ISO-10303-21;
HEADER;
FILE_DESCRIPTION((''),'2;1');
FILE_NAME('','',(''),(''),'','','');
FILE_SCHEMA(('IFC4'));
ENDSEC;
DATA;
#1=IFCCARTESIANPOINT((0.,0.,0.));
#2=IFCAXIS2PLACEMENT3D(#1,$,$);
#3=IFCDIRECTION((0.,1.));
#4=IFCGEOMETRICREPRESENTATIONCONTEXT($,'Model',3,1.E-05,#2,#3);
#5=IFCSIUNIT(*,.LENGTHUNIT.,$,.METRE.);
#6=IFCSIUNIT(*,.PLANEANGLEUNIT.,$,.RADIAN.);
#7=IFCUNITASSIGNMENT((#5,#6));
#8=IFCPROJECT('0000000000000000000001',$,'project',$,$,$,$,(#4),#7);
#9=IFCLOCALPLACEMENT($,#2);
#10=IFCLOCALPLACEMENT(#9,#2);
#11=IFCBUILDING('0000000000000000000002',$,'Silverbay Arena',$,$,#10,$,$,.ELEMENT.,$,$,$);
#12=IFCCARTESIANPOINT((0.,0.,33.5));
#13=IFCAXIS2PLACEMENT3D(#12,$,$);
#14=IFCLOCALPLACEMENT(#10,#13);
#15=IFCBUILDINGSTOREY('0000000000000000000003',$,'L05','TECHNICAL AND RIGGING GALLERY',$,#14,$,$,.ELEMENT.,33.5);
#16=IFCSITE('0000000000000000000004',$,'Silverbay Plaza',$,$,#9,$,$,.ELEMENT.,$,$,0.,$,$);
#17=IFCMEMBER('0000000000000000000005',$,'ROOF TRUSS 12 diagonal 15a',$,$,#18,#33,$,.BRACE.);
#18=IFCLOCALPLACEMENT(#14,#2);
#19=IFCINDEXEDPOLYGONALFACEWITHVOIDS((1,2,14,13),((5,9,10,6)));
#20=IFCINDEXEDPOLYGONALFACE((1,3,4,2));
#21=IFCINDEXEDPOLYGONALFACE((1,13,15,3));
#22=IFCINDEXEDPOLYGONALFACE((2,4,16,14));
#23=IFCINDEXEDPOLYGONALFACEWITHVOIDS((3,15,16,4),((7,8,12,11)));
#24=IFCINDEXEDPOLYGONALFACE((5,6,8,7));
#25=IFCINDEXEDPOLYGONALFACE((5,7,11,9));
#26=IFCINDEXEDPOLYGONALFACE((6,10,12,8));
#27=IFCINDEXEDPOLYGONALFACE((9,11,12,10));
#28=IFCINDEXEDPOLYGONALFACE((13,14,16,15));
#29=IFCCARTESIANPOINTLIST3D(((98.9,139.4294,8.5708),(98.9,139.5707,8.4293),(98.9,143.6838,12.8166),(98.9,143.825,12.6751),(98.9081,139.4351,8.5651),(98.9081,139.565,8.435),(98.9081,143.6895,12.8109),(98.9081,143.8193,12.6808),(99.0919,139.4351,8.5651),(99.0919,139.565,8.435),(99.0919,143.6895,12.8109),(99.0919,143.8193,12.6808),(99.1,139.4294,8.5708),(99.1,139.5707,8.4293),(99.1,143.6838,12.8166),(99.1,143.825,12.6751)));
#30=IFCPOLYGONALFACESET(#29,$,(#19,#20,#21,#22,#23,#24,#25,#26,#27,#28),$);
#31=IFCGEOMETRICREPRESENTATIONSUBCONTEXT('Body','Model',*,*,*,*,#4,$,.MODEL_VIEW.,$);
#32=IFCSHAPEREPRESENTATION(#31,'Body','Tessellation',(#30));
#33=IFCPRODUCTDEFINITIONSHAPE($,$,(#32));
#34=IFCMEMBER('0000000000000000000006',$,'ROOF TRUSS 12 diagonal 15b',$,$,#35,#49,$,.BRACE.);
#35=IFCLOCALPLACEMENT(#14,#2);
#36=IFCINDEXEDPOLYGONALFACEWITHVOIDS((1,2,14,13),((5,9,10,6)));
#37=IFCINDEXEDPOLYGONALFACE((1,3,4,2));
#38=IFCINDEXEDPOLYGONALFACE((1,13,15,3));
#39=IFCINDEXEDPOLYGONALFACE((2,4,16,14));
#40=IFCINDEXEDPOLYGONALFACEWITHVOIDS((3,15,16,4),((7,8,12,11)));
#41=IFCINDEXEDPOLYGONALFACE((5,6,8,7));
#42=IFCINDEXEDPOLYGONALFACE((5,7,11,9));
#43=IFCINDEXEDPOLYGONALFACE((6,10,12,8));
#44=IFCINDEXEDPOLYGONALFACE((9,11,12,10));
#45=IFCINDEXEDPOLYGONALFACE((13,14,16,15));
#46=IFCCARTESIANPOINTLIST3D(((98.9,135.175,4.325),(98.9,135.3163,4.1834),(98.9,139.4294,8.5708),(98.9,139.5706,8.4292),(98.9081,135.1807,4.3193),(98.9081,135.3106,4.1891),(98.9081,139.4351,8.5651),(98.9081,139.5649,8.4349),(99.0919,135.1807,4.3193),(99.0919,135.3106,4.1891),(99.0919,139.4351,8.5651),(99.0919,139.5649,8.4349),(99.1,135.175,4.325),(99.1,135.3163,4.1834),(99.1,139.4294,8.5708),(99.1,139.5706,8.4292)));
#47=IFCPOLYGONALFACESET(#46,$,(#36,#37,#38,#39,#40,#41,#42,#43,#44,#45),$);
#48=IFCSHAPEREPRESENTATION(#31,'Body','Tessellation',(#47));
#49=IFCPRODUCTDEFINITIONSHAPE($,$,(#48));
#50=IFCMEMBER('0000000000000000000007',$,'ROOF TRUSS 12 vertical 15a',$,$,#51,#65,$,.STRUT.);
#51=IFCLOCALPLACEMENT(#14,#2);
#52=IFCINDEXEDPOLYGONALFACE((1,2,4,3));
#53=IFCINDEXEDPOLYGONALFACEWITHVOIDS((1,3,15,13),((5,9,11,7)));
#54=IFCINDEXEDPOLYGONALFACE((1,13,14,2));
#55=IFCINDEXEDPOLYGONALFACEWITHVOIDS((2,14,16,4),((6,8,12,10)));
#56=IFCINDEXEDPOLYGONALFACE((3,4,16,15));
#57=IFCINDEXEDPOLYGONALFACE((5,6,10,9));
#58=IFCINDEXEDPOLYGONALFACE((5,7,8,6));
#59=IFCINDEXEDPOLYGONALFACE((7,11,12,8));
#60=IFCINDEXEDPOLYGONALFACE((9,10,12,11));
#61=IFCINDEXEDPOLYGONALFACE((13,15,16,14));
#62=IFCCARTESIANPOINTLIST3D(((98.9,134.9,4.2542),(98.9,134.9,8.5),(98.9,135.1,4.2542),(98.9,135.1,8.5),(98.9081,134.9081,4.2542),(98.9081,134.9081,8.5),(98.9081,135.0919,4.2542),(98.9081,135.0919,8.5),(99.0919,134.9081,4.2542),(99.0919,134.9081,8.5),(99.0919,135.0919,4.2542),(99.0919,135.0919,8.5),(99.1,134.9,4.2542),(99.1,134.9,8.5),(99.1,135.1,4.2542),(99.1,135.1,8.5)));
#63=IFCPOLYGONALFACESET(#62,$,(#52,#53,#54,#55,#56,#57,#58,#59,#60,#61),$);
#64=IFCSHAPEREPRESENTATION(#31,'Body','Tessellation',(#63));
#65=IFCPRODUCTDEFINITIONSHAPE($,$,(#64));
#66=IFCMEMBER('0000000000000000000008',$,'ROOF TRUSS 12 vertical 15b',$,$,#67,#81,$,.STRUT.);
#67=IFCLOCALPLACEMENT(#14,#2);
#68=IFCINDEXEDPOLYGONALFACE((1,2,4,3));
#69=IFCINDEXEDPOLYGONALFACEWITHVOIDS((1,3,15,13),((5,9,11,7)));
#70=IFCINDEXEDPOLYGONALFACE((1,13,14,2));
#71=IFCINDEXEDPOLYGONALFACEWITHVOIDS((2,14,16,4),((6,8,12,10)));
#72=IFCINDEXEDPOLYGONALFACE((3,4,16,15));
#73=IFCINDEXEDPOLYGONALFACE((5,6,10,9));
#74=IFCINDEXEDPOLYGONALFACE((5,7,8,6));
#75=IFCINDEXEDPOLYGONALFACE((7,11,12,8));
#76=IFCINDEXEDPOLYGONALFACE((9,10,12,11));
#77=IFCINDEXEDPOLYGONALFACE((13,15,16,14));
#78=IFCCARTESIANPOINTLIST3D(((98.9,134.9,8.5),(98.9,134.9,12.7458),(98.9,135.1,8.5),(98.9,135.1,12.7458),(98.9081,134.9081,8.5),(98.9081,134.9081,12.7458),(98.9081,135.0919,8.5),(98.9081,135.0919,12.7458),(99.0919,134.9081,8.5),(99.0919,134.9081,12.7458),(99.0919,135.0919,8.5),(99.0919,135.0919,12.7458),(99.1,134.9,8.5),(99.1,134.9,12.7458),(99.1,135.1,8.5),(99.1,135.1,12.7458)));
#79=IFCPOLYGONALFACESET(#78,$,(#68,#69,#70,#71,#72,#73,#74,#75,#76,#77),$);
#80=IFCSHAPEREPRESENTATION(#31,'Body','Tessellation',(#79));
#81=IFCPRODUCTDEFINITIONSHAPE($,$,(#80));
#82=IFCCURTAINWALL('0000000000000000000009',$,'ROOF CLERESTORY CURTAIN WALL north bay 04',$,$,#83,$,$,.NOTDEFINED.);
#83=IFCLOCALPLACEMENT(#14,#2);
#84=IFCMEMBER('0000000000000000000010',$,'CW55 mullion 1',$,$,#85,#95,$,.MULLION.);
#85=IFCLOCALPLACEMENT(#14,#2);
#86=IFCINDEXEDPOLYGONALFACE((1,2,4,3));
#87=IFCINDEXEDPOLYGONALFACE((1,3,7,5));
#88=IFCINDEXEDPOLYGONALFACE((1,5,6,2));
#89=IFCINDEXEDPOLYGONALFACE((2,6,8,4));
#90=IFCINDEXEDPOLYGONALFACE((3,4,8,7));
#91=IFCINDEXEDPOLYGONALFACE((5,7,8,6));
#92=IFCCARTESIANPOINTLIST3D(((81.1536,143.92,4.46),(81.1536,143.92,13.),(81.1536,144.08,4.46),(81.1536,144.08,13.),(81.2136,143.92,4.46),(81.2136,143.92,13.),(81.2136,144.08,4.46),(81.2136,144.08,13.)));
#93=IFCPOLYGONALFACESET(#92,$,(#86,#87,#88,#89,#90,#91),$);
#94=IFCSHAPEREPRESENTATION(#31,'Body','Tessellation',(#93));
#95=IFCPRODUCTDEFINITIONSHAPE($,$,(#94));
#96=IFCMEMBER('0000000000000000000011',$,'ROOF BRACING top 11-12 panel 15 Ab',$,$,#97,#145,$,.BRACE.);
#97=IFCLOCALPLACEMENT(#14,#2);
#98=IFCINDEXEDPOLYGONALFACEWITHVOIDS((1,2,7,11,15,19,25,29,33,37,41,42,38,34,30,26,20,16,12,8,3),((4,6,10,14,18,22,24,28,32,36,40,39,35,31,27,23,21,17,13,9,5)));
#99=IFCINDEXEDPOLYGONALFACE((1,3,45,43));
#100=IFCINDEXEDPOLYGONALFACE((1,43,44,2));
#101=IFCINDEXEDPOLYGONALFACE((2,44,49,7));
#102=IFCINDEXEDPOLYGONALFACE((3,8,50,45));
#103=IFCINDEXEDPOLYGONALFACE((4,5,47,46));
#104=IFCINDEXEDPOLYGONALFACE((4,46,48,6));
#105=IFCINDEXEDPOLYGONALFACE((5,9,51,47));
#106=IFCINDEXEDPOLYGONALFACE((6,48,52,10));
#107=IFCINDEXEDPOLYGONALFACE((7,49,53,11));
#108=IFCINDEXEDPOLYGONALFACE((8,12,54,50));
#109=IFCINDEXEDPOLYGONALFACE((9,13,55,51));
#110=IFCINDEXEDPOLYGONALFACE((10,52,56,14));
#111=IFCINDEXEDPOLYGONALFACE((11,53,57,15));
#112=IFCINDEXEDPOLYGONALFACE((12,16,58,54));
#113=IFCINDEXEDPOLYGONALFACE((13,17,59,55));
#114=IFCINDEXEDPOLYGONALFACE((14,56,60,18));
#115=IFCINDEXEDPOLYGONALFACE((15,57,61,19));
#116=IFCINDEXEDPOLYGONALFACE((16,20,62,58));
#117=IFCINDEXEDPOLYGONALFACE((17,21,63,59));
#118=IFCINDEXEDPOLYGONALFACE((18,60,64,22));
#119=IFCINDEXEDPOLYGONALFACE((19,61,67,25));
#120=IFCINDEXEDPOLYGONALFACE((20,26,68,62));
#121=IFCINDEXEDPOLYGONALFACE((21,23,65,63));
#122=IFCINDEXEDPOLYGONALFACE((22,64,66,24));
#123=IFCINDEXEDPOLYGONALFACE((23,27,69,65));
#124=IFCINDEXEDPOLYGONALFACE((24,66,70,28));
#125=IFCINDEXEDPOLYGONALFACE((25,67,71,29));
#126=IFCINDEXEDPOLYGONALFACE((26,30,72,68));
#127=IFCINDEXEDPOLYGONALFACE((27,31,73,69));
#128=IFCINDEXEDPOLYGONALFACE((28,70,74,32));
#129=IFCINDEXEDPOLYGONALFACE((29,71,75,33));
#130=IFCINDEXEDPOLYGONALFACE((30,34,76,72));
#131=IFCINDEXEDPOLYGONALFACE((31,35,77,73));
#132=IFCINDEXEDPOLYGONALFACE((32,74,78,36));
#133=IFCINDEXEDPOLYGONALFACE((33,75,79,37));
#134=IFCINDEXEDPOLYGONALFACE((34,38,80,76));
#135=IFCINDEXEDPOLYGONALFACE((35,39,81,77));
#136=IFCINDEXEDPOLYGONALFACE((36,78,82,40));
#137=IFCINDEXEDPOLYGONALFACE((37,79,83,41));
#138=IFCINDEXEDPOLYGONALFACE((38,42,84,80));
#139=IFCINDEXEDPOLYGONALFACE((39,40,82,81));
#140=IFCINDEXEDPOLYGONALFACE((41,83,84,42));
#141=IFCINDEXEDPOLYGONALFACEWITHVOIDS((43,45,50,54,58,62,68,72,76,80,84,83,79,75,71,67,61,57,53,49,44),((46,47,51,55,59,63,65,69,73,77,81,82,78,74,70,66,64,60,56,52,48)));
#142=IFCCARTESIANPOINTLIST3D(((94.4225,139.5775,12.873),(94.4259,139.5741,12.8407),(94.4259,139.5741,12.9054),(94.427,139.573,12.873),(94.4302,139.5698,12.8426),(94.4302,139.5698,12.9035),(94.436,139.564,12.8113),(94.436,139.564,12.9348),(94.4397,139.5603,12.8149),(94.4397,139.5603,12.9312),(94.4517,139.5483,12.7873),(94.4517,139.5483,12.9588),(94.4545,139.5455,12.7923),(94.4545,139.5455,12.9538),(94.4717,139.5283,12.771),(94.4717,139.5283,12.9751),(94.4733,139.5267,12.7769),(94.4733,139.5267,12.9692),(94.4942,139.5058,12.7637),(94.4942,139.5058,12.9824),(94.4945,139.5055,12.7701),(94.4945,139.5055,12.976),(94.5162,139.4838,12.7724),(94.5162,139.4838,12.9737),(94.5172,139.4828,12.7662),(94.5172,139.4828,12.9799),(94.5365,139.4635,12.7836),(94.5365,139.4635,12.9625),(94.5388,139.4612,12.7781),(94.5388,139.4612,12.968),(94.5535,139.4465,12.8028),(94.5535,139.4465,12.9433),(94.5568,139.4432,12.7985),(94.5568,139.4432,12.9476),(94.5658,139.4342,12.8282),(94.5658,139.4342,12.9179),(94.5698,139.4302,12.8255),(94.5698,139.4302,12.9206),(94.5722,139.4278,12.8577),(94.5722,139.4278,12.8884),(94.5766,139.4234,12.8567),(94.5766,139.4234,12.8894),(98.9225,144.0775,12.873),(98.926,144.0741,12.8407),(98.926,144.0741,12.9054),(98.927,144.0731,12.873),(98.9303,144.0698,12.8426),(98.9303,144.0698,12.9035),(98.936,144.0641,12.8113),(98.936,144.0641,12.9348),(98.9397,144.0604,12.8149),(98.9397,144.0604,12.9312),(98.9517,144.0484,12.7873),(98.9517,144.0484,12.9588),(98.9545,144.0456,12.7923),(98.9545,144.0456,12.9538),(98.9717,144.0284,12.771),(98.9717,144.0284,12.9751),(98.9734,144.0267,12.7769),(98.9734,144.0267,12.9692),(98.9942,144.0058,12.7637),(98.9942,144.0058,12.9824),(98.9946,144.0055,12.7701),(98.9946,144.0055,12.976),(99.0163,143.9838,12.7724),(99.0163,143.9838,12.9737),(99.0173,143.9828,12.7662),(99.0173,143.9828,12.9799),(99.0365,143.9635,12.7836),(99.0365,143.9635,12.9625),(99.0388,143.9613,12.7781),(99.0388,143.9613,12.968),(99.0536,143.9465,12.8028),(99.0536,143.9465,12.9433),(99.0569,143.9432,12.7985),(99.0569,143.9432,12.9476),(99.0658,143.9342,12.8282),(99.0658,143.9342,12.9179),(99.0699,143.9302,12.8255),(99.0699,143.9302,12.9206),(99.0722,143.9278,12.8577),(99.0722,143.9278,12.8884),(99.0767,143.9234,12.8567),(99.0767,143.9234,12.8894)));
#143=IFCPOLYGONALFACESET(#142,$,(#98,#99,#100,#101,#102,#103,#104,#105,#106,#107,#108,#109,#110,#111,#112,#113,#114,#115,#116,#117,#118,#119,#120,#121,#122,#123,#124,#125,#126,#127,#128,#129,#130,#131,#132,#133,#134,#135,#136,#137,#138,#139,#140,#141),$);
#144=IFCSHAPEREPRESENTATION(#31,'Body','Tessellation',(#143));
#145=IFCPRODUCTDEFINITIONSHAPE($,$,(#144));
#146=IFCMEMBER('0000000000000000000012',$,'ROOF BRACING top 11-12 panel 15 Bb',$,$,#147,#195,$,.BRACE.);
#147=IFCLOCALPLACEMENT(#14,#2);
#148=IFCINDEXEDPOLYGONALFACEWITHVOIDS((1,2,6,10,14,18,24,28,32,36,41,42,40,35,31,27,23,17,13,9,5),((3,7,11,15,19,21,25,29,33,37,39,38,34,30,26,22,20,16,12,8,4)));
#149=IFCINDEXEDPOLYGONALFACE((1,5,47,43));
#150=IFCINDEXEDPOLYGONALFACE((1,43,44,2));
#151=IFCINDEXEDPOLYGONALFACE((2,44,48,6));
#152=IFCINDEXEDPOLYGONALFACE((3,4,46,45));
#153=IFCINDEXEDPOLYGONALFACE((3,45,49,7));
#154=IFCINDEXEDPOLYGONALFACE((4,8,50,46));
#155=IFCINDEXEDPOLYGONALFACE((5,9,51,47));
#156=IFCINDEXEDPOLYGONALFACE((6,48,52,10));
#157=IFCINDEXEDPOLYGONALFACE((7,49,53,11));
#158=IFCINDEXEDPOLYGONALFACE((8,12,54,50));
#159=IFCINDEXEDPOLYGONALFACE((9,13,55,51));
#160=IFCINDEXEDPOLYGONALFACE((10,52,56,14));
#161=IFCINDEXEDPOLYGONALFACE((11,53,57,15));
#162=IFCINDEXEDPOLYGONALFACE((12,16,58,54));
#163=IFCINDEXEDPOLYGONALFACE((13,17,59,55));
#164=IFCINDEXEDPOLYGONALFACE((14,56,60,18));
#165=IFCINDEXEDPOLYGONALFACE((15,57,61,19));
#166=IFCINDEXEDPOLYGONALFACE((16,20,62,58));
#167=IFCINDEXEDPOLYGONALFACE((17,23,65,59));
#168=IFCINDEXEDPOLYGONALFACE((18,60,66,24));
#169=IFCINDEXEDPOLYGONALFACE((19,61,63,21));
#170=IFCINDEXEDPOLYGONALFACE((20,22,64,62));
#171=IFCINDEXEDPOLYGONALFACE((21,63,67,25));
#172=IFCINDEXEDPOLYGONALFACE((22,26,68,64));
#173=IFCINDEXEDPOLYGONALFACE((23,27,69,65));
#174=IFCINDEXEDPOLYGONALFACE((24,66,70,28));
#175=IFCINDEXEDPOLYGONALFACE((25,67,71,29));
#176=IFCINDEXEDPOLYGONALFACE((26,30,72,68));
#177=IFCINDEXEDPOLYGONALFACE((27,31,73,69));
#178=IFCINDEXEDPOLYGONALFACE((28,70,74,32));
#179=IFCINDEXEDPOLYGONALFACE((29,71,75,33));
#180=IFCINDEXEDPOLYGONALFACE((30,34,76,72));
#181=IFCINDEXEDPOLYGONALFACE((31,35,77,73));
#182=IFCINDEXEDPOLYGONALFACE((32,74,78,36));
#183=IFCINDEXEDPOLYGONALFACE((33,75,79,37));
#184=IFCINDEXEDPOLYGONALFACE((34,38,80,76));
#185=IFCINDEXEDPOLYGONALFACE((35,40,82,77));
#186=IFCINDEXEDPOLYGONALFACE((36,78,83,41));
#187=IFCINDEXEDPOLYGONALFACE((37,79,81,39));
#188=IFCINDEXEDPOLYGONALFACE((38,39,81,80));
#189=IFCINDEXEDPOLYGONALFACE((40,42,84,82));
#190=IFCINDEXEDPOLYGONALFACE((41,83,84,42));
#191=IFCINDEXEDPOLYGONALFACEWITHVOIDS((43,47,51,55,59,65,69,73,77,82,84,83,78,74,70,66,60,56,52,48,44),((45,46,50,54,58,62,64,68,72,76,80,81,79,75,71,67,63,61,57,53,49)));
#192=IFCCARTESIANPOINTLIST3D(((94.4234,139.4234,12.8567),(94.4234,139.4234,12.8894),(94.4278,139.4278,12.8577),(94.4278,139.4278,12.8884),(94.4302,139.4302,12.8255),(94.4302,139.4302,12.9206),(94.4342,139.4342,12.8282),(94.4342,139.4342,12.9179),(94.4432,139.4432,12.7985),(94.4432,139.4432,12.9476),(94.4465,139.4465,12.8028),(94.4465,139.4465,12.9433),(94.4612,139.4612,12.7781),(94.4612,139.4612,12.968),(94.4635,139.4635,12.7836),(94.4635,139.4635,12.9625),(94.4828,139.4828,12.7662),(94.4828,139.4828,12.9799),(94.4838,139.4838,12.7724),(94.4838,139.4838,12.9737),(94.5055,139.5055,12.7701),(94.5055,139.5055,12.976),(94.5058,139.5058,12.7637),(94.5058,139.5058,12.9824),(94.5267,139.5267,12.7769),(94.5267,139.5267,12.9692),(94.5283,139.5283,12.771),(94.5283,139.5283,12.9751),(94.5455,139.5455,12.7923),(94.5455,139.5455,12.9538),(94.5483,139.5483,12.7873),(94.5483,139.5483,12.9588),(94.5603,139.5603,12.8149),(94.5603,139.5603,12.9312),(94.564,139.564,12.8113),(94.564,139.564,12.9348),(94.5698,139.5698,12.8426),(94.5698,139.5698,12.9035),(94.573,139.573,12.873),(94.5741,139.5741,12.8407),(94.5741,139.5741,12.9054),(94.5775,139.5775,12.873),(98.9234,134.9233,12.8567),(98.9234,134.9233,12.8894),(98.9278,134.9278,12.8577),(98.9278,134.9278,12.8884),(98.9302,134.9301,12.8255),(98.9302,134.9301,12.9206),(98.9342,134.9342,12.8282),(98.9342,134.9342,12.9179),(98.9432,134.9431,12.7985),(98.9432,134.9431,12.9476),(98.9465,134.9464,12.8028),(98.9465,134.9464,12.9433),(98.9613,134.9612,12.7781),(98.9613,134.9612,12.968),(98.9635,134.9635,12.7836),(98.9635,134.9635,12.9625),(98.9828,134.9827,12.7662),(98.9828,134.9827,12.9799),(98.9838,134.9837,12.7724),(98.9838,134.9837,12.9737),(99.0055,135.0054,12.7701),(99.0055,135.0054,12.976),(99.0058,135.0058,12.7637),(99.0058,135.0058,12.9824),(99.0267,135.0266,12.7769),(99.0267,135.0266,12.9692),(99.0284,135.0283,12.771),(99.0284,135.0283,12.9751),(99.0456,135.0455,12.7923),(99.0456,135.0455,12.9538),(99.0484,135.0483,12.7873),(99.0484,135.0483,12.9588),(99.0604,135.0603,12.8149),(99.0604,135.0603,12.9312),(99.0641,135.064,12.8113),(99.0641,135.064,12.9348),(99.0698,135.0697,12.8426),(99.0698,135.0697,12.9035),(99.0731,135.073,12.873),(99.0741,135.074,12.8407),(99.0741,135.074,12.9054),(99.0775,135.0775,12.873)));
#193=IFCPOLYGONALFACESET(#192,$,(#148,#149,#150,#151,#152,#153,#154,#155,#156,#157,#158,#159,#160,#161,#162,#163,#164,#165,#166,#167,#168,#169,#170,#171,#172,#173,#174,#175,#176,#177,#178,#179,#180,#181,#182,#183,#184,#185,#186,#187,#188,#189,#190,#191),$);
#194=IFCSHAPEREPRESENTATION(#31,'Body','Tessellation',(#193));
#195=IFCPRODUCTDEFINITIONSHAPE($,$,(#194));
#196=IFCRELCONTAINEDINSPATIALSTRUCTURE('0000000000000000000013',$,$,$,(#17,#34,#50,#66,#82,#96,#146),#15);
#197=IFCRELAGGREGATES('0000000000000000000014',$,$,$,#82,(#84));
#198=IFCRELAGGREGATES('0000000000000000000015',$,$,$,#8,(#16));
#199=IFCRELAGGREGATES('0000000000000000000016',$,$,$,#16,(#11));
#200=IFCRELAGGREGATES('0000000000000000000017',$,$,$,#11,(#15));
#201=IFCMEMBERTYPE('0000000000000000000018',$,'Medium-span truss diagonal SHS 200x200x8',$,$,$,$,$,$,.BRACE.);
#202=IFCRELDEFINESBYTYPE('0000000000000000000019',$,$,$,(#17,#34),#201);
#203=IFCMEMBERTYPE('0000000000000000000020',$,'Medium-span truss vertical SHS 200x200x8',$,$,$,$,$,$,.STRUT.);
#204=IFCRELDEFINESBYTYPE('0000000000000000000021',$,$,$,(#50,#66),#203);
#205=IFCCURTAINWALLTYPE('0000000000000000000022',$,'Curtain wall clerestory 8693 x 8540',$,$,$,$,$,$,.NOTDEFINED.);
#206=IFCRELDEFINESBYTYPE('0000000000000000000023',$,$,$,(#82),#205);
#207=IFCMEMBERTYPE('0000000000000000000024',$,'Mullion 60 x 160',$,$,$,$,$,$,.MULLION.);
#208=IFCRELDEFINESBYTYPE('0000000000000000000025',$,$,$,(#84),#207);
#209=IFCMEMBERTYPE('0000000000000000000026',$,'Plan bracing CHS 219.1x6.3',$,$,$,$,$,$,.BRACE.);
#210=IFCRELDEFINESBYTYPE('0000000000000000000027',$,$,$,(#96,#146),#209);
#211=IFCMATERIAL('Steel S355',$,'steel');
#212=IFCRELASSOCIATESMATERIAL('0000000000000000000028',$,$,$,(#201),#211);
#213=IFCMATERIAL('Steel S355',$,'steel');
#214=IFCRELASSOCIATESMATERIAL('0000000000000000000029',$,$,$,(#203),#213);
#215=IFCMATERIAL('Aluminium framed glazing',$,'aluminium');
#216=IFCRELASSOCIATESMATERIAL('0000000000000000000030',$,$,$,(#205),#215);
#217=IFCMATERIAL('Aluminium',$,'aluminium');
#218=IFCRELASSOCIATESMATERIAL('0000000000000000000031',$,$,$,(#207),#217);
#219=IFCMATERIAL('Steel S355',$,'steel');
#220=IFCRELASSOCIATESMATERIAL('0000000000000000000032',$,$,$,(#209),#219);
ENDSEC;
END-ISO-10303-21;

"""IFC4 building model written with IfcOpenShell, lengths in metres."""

from ifc_helpers import new_model, si_unit, direction, frame, origin, origin_2d, place, context, subcontext, project, spatial, rectangle, hollow_rectangle, hollow_circle, extrude, material, material_profile, profile_set, type_object, element, aggregate, save


model = new_model("IFC4")

# Units and contexts
model_context = context("Model", 3, precision=1e-05, world=origin(), true_north=direction((0.0, 1.0)))
body_context = subcontext(model_context, "Body", "Model", "MODEL_VIEW")
ifc_project = project(units=[si_unit("LENGTHUNIT", "METRE"), si_unit("PLANEANGLEUNIT", "RADIAN")], contexts=[model_context])

# Site, building, storey
site_placement = place(None, origin())
site = spatial("IfcSite", under=ifc_project, at=site_placement, Name="Silverbay Plaza", CompositionType="ELEMENT", RefElevation=0.0)
building_placement = place(site_placement, origin())
building = spatial("IfcBuilding", under=site, at=building_placement, Name="Silverbay Arena", CompositionType="ELEMENT")
storey_placement = place(building_placement, frame((0.0, 0.0, 33.5)))
storey = spatial("IfcBuildingStorey", under=building, at=storey_placement, Name="L05", Description="TECHNICAL AND RIGGING GALLERY", CompositionType="ELEMENT", Elevation=33.5)

# Members
ifc_material_1 = material(Name="Steel S355", Category="steel")
ifc_material_profile_1 = material_profile(ifc_material_1, hollow_rectangle(XDim=0.2, YDim=0.2, WallThickness=0.0081, at=origin_2d()), Name="SHS 200x200x8")
ifc_profile_set_1 = profile_set([ifc_material_profile_1], Name="Steel S355")
member_type_1 = type_object("IfcMemberType", Name="Medium-span truss diagonal SHS 200x200x8", PredefinedType="BRACE", material=ifc_profile_set_1)
for number, where, z_axis, x_axis, name in (
    (1, (99.0, 143.7544, 12.7458), (0.0, -0.707817, -0.706396), (1.0, 0.0, 0.0), "ROOF TRUSS 12 diagonal 15a"),
    (2, (99.0, 139.5, 8.5), (0.0, -0.707817, -0.706396), (1.0, 0.0, 0.0), "ROOF TRUSS 12 diagonal 15b"),
):
    element("IfcMember", number, at=place(storey_placement, frame(where, z_axis=z_axis, x_axis=x_axis)), inside=storey, type_object=member_type_1, Name=name, PredefinedType="BRACE", context=body_context, shape_type="SweptSolid", body=[
        extrude(hollow_rectangle(XDim=0.2, YDim=0.2, WallThickness=0.0081, at=origin_2d()), origin(), (0.0, 0.0, 1.0), 6.0105),
    ])
ifc_material_2 = material(Name="Steel S355", Category="steel")
ifc_material_profile_2 = material_profile(ifc_material_2, hollow_rectangle(XDim=0.2, YDim=0.2, WallThickness=0.0081, at=origin_2d()), Name="SHS 200x200x8")
ifc_profile_set_2 = profile_set([ifc_material_profile_2], Name="Steel S355")
member_type_2 = type_object("IfcMemberType", Name="Medium-span truss vertical SHS 200x200x8", PredefinedType="STRUT", material=ifc_profile_set_2)
for number, where, z_axis, x_axis, name in (
    (3, (99.0, 135.0, 4.2542), (0.0, 0.0, 1.0), (1.0, 0.0, 0.0), "ROOF TRUSS 12 vertical 15a"),
    (4, (99.0, 135.0, 8.5), (0.0, 0.0, 1.0), (1.0, 0.0, 0.0), "ROOF TRUSS 12 vertical 15b"),
):
    element("IfcMember", number, at=place(storey_placement, frame(where, z_axis=z_axis, x_axis=x_axis)), inside=storey, type_object=member_type_2, Name=name, PredefinedType="STRUT", context=body_context, shape_type="SweptSolid", body=[
        extrude(hollow_rectangle(XDim=0.2, YDim=0.2, WallThickness=0.0081, at=origin_2d()), origin(), (0.0, 0.0, 1.0), 4.2458),
    ])

# Curtain wall, member
ifc_material_3 = material(Name="Aluminium framed glazing", Category="aluminium")
curtain_wall_type = type_object("IfcCurtainWallType", Name="Curtain wall clerestory 8693 x 8540", PredefinedType="NOTDEFINED", material=ifc_material_3)
curtain_wall_placement = place(storey_placement, origin())
curtain_wall = element("IfcCurtainWall", 5, at=curtain_wall_placement, inside=storey, type_object=curtain_wall_type, Name="ROOF CLERESTORY CURTAIN WALL north bay 04", PredefinedType="NOTDEFINED")
ifc_material_4 = material(Name="Aluminium", Category="aluminium")
ifc_material_profile_3 = material_profile(ifc_material_4, rectangle(XDim=0.1599, YDim=0.0601, at=origin_2d()), Name="Mullion 60 x 160")
ifc_profile_set_3 = profile_set([ifc_material_profile_3], Name="Aluminium")
member_type_3 = type_object("IfcMemberType", Name="Mullion 60 x 160", PredefinedType="MULLION", material=ifc_profile_set_3)
member_placement = place(storey_placement, frame((81.1836, 144.0, 4.46), z_axis=(0.0, 0.0, 1.0), x_axis=(0.0, 1.0, 0.0)))
member = element("IfcMember", 6, at=member_placement, type_object=member_type_3, Name="CW55 mullion 1", PredefinedType="MULLION", context=body_context, shape_type="SweptSolid", body=[
    extrude(rectangle(XDim=0.1599, YDim=0.0601, at=origin_2d()), origin(), (0.0, 0.0, 1.0), 8.54),
])
aggregate(curtain_wall, [member])

# Members
ifc_material_5 = material(Name="Steel S355", Category="steel")
ifc_material_profile_4 = material_profile(ifc_material_5, hollow_circle(Radius=0.1096, WallThickness=0.0063, at=origin_2d()), Name="CHS 219.1x6.3")
ifc_profile_set_4 = profile_set([ifc_material_profile_4], Name="Steel S355")
member_type_4 = type_object("IfcMemberType", Name="Plan bracing CHS 219.1x6.3", PredefinedType="BRACE", material=ifc_profile_set_4)
for number, where, z_axis, x_axis, name in (
    (7, (94.5, 139.5, 12.873), (0.707107, 0.707107, 0.0), (-0.707107, 0.707107, 0.0), "ROOF BRACING top 11-12 panel 15 Ab"),
    (8, (94.5, 139.5, 12.873), (0.707107, -0.707107, 0.0), (0.707107, 0.707107, 0.0), "ROOF BRACING top 11-12 panel 15 Bb"),
):
    element("IfcMember", number, at=place(storey_placement, frame(where, z_axis=z_axis, x_axis=x_axis)), inside=storey, type_object=member_type_4, Name=name, PredefinedType="BRACE", context=body_context, shape_type="SweptSolid", body=[
        extrude(hollow_circle(Radius=0.1096, WallThickness=0.0063, at=origin_2d()), origin(), (0.0, 0.0, 1.0), 6.364),
    ])

save(model, "model.ifc")
